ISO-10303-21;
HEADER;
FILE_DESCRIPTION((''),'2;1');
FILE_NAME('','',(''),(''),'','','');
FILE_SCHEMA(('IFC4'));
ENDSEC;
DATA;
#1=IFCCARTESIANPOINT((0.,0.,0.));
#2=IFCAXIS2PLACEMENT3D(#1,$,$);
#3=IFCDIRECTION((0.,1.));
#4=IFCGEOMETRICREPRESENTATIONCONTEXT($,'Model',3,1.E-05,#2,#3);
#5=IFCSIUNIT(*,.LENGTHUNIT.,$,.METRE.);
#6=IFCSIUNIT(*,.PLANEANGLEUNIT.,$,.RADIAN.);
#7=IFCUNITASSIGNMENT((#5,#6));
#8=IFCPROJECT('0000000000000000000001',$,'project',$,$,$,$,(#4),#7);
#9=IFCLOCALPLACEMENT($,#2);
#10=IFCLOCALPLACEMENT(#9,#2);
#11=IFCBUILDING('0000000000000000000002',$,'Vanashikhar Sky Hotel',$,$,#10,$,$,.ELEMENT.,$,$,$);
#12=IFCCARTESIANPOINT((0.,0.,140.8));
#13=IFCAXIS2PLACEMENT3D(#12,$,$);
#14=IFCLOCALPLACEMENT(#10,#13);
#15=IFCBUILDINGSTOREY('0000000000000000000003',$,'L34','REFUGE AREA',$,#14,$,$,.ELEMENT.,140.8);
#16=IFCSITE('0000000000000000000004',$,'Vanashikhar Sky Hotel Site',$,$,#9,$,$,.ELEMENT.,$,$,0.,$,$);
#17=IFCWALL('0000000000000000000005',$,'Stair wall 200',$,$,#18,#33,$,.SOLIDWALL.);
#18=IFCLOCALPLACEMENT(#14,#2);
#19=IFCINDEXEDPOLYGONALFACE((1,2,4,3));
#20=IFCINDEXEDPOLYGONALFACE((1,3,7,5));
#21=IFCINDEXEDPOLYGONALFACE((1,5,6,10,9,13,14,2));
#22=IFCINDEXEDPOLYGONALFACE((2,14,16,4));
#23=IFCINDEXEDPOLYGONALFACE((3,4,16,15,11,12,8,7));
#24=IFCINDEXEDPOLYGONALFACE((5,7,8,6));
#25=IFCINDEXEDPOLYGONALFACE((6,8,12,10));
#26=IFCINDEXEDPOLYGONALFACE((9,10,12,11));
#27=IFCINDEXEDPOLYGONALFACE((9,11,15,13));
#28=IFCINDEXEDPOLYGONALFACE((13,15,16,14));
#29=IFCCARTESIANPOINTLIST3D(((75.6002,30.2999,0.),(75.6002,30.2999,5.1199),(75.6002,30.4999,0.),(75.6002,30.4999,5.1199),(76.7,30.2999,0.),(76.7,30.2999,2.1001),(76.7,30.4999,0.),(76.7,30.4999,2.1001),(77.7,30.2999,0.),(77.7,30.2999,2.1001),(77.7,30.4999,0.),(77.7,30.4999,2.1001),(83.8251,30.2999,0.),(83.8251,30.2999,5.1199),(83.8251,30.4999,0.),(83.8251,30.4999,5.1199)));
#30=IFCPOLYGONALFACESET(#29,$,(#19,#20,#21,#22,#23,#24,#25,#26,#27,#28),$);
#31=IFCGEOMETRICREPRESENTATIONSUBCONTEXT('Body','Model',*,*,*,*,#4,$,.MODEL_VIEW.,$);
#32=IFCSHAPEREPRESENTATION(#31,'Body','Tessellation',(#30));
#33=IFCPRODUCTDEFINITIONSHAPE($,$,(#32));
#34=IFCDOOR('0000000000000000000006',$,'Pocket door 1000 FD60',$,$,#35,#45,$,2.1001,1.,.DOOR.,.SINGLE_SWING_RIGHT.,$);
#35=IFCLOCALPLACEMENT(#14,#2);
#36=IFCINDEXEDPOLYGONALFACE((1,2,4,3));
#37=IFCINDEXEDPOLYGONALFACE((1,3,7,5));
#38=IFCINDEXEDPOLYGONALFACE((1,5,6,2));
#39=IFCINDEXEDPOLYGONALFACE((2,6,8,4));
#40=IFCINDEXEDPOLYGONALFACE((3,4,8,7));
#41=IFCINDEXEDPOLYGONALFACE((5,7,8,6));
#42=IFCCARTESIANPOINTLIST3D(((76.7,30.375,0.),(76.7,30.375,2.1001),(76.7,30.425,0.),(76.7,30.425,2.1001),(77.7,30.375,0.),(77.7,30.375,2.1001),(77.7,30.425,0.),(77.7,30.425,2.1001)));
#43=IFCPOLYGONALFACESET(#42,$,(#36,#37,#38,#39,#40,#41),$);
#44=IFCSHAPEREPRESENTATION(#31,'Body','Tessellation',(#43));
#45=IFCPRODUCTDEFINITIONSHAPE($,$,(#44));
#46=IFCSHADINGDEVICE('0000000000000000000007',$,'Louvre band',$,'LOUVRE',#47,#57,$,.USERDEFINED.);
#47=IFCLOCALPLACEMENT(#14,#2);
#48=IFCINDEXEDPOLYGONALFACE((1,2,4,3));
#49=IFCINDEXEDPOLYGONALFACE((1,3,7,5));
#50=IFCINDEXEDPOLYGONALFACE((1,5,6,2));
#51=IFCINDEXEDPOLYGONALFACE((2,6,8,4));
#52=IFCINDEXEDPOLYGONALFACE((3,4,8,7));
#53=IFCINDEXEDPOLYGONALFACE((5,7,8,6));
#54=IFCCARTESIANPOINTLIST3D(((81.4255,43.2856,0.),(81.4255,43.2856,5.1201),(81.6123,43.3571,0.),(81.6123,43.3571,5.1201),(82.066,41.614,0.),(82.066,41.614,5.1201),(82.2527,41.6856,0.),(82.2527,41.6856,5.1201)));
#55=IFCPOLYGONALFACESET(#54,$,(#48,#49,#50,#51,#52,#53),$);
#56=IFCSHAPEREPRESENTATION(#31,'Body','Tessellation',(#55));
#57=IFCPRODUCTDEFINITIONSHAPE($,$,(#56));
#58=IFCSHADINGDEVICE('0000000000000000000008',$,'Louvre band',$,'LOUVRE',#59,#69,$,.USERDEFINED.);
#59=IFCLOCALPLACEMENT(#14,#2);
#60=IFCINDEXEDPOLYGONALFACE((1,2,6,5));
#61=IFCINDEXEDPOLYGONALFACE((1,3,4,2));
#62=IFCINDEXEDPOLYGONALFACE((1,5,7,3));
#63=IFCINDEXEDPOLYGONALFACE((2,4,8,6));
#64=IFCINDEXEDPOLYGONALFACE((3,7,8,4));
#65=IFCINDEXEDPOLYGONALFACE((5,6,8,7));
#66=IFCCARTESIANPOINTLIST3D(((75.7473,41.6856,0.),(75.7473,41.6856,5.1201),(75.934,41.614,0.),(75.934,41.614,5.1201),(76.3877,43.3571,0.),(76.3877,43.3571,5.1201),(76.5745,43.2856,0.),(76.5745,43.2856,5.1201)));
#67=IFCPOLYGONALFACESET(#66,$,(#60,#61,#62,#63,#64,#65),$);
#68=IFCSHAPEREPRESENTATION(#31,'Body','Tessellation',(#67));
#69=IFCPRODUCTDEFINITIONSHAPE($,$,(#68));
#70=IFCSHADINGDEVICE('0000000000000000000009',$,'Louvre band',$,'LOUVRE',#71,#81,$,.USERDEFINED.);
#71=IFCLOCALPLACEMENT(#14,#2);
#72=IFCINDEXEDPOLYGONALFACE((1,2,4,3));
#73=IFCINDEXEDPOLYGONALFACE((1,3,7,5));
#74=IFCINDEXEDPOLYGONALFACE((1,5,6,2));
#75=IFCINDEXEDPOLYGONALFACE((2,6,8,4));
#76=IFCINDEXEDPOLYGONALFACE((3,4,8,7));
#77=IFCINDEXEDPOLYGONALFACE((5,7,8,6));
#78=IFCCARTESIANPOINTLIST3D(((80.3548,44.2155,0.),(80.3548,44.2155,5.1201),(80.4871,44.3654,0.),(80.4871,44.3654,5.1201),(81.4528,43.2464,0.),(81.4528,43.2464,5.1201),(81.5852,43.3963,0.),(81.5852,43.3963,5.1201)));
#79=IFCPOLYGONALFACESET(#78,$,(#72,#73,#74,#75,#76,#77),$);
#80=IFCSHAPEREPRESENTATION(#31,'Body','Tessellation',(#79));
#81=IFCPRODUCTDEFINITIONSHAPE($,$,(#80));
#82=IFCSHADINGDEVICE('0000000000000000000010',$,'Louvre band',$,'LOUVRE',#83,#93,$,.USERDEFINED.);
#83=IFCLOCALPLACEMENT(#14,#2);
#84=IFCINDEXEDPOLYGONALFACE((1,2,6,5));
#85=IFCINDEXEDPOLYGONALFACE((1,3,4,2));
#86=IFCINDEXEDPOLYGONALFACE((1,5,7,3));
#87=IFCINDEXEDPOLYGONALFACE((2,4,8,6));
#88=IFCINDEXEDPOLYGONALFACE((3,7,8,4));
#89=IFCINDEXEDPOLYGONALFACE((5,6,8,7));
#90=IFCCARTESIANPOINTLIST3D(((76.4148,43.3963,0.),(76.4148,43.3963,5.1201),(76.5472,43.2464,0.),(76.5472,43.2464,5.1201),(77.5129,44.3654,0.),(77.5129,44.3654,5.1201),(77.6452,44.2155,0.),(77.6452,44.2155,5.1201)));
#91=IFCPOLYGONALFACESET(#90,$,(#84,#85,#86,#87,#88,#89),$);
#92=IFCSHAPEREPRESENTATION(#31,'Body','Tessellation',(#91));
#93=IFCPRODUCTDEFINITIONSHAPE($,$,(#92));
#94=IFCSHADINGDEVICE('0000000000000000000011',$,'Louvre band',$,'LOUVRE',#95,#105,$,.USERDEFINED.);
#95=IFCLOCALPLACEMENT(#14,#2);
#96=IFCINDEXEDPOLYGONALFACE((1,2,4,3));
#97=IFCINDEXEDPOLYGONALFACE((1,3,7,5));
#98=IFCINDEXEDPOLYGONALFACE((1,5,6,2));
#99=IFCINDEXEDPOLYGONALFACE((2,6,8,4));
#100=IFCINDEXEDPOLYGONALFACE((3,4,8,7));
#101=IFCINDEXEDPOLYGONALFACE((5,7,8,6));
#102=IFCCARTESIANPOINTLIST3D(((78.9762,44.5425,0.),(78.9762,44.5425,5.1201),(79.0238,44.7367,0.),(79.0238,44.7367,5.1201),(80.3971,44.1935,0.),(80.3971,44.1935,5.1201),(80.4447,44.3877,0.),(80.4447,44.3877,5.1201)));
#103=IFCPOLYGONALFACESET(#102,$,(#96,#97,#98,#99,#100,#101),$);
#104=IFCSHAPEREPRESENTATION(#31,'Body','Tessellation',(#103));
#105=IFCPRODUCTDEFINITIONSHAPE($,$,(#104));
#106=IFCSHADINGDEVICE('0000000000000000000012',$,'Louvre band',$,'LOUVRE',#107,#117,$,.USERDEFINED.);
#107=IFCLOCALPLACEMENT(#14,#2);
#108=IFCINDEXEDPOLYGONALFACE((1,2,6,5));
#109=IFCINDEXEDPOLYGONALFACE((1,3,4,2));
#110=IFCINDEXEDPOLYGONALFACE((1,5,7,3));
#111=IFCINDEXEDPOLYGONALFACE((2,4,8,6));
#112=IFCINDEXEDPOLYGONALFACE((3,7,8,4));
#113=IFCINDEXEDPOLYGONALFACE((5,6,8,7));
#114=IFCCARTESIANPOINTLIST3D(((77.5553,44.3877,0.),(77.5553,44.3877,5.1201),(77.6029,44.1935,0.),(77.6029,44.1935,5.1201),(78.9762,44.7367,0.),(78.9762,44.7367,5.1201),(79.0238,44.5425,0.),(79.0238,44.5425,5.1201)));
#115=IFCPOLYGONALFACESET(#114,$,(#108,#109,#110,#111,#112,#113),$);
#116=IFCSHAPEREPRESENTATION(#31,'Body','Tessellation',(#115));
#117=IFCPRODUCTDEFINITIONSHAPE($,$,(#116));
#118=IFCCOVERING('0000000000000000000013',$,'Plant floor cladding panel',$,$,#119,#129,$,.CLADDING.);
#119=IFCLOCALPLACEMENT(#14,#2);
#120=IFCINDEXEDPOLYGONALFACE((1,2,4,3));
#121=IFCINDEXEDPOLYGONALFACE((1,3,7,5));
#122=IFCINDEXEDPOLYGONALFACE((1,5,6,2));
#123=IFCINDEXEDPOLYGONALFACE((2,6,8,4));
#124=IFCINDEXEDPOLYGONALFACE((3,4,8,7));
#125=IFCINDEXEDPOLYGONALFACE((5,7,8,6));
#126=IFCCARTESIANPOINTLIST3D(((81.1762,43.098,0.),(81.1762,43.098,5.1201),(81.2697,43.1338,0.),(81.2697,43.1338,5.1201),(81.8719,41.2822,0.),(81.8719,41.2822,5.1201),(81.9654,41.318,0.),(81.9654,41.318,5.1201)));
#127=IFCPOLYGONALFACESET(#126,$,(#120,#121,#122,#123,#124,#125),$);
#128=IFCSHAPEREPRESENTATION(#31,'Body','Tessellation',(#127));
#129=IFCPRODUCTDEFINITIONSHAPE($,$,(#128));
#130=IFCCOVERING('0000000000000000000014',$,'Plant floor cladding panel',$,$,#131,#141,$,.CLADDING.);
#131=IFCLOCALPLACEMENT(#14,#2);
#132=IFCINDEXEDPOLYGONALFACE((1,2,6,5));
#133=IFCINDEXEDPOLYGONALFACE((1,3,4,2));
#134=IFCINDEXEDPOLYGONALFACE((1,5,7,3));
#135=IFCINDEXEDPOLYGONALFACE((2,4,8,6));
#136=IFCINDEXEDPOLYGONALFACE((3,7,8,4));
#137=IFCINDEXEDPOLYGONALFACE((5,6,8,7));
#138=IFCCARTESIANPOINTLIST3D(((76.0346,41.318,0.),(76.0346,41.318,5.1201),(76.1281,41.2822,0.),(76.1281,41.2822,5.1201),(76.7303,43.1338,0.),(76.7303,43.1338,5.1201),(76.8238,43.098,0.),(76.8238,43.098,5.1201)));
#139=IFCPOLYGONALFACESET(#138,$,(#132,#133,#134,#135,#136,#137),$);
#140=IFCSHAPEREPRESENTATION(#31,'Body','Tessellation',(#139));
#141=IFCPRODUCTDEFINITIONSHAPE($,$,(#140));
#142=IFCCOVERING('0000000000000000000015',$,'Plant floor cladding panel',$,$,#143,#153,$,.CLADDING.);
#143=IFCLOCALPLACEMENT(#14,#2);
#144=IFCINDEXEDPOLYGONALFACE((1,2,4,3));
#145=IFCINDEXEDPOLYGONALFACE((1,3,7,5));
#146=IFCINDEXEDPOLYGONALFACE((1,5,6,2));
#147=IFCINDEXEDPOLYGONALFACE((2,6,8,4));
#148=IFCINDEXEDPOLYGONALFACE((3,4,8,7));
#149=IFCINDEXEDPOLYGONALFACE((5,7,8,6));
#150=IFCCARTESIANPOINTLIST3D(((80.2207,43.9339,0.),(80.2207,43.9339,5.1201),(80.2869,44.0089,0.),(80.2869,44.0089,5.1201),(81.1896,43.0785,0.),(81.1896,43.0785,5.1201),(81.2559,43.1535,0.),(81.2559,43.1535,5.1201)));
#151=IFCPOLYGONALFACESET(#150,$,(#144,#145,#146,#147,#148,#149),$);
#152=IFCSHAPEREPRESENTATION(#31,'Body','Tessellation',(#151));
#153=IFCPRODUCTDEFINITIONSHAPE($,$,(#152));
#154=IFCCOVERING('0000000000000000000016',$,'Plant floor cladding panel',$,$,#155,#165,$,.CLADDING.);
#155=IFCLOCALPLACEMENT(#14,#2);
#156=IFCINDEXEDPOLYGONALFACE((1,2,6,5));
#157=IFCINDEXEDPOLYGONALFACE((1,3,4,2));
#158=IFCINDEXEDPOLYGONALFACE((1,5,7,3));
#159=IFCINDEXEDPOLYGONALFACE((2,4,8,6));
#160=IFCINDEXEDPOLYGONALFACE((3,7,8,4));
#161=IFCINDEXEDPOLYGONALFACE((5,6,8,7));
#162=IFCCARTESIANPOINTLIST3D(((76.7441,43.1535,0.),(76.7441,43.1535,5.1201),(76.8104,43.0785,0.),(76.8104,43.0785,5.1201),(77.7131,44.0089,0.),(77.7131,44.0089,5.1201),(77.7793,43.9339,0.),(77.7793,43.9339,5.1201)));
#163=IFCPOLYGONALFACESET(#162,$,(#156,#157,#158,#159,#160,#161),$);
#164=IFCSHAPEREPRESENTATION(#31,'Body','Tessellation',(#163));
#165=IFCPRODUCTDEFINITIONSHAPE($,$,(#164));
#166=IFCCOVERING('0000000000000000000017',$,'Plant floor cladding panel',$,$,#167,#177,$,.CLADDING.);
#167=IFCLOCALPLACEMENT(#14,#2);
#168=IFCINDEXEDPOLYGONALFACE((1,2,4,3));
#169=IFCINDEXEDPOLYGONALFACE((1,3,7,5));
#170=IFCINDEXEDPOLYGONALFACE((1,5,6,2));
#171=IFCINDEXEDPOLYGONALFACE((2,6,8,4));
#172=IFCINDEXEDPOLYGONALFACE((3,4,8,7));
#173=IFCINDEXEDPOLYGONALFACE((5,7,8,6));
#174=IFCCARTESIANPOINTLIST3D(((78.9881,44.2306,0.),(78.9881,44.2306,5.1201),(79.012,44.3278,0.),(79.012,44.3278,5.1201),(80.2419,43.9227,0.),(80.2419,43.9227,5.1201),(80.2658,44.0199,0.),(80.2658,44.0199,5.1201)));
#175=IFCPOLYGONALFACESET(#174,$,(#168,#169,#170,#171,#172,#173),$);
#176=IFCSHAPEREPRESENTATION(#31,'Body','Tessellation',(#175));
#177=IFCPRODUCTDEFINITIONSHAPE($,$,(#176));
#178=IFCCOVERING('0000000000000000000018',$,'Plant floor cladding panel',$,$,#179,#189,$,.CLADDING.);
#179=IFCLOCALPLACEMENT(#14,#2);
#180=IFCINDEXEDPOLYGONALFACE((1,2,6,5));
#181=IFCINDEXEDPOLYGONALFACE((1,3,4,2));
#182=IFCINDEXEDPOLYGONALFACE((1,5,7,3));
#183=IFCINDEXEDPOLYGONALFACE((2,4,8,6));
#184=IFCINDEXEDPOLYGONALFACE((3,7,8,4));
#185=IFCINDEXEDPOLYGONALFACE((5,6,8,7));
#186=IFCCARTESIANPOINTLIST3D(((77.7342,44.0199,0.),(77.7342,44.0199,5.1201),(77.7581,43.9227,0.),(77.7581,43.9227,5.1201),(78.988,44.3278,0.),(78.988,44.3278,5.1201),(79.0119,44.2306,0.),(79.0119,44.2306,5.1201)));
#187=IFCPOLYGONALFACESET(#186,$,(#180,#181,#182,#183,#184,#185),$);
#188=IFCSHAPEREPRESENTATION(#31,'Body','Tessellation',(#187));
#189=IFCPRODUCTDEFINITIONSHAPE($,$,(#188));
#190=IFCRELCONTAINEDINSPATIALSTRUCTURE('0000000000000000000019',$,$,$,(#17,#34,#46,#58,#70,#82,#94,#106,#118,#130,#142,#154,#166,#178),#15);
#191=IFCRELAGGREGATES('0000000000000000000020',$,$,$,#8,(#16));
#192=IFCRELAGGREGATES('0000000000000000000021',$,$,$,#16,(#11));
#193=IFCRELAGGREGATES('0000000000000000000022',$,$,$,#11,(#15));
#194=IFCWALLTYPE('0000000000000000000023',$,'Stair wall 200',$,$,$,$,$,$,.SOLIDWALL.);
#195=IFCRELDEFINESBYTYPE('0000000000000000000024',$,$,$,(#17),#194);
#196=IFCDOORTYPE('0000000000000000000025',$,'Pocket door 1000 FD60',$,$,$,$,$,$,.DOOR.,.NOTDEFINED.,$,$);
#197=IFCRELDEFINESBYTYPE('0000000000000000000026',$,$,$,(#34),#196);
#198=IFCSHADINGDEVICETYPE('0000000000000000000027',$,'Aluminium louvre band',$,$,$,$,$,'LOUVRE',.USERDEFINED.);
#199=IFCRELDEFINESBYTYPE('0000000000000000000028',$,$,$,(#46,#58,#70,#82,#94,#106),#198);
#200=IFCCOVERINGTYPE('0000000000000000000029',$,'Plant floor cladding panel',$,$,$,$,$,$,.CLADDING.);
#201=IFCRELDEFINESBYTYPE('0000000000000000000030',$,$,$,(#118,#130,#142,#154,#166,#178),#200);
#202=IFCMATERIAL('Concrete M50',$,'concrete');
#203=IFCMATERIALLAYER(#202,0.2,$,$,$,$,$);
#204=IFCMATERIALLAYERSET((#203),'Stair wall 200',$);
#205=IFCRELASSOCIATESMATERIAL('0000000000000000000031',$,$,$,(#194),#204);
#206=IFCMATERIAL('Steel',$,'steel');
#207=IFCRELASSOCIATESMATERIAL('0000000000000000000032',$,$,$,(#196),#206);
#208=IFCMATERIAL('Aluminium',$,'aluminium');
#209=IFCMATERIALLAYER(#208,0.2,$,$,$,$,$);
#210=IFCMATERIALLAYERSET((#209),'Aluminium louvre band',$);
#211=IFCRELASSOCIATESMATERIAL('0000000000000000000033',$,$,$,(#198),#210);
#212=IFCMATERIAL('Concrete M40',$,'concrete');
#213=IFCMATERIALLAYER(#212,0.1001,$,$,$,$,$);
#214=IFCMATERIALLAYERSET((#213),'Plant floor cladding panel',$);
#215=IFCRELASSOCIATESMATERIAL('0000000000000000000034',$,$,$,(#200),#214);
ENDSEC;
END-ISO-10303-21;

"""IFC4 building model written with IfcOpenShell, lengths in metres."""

from ifc_helpers import new_model, si_unit, direction, frame, frame_2d, origin, origin_2d, place, context, subcontext, project, spatial, rectangle, extrude, source, transform, mapped, material, layer, layer_set, type_object, element, fill, save


model = new_model("IFC4")

# Units and contexts
model_context = context("Model", 3, precision=1e-05, world=origin(), true_north=direction((0.0, 1.0)))
body_context = subcontext(model_context, "Body", "Model", "MODEL_VIEW")
ifc_project = project(units=[si_unit("LENGTHUNIT", "METRE"), si_unit("PLANEANGLEUNIT", "RADIAN")], contexts=[model_context])

# Site, building, storey
site_placement = place(None, origin())
site = spatial("IfcSite", under=ifc_project, at=site_placement, Name="Vanashikhar Sky Hotel Site", CompositionType="ELEMENT", RefElevation=0.0)
building_placement = place(site_placement, origin())
building = spatial("IfcBuilding", under=site, at=building_placement, Name="Vanashikhar Sky Hotel", CompositionType="ELEMENT")
storey_placement = place(building_placement, frame((0.0, 0.0, 140.8)))
storey = spatial("IfcBuildingStorey", under=building, at=storey_placement, Name="L34", Description="REFUGE AREA", CompositionType="ELEMENT", Elevation=140.8)

# Shared definitions
ifc_material_1 = material(Name="Concrete M50", Category="concrete")

# Wall, opening, door
ifc_layer_1 = layer(ifc_material_1, 0.2)
ifc_layer_set_1 = layer_set([ifc_layer_1], Name="Stair wall 200")
wall_type_1 = type_object("IfcWallType", Name="Stair wall 200", PredefinedType="SOLIDWALL", material=ifc_layer_set_1)
shared_shape_1 = source(origin(), body_context, "Body", "SweptSolid", [
    extrude(rectangle(XDim=8.2249, YDim=0.2, at=frame_2d((4.1123, 0.0))), origin(), (0.0, 0.0, 1.0), 5.1199),
])
wall_1_placement = place(storey_placement, frame((83.825, 30.3999, 0.0), z_axis=(0.0, 0.0, 1.0), x_axis=(-1.0, 0.0, 0.0)))
wall_1 = element("IfcWall", 1, at=wall_1_placement, inside=storey, type_object=wall_type_1, Name="Stair wall 200", PredefinedType="SOLIDWALL", context=body_context, shape_type="MappedRepresentation", body=[
    mapped(shared_shape_1, transform((0.0, 0.0, 0.0), scale=1.0)),
])
shared_shape_2 = source(origin(), body_context, "Body", "SweptSolid", [
    extrude(rectangle(XDim=1.0, YDim=2.1001, at=frame_2d((0.5, 1.05))), frame((0.0, 0.1099, 0.0), z_axis=(0.0, -1.0, 0.0), x_axis=(1.0, 0.0, 0.0)), (0.0, 0.0, 1.0), 0.22),
])
opening_placement = place(wall_1_placement, frame((6.125, 0.0, 0.0)))
opening = element("IfcOpeningElement", 2, at=opening_placement, cuts=wall_1, PredefinedType="OPENING", context=body_context, shape_type="MappedRepresentation", body=[
    mapped(shared_shape_2, transform((0.0, 0.0, 0.0), scale=1.0)),
])
ifc_material_2 = material(Name="Steel", Category="steel")
door_type = type_object("IfcDoorType", Name="Pocket door 1000 FD60", OperationType="NOTDEFINED", PredefinedType="DOOR", material=ifc_material_2)
shared_shape_3 = source(origin(), body_context, "Body", "SweptSolid", [
    extrude(rectangle(XDim=1.0, YDim=2.1001, at=frame_2d((0.5, 1.05))), frame((0.0, 0.0249, 0.0), z_axis=(0.0, -1.0, 0.0), x_axis=(1.0, 0.0, 0.0)), (0.0, 0.0, 1.0), 0.05),
])
door_placement = place(opening_placement, origin())
door = element("IfcDoor", 3, at=door_placement, inside=storey, type_object=door_type, Name="Pocket door 1000 FD60", OperationType="SINGLE_SWING_RIGHT", OverallHeight=2.1001, OverallWidth=1.0, PredefinedType="DOOR", context=body_context, shape_type="MappedRepresentation", body=[
    mapped(shared_shape_3, transform((0.0, 0.0, 0.0), scale=1.0)),
])
fill(opening, door)

# Shading devices
ifc_material_3 = material(Name="Aluminium", Category="aluminium")
ifc_layer_2 = layer(ifc_material_3, 0.2)
ifc_layer_set_2 = layer_set([ifc_layer_2], Name="Aluminium louvre band")
shading_device_type = type_object("IfcShadingDeviceType", Name="Aluminium louvre band", ElementType="LOUVRE", PredefinedType="USERDEFINED", material=ifc_layer_set_2)
shared_shape_4 = source(origin(), body_context, "Body", "SweptSolid", [
    extrude(rectangle(XDim=1.79, YDim=0.2, at=origin_2d()), origin(), (0.0, 0.0, 1.0), 5.1201),
])
for number, where, z_axis, x_axis, name in (
    (4, (81.8391, 42.4856, 0.0), (0.0, 0.0, 1.0), (-0.357765, 0.933812, 0.0), "Louvre band"),
    (5, (76.1609, 42.4856, 0.0), (0.0, 0.0, 1.0), (-0.357765, -0.933812, 0.0), "Louvre band"),
):
    element("IfcShadingDevice", number, at=place(storey_placement, frame(where, z_axis=z_axis, x_axis=x_axis)), inside=storey, type_object=shading_device_type, Name=name, ObjectType="LOUVRE", PredefinedType="USERDEFINED", context=body_context, shape_type="MappedRepresentation", body=[
        mapped(shared_shape_4, transform((0.0, 0.0, 0.0), scale=1.0)),
    ])
shared_shape_5 = source(origin(), body_context, "Body", "SweptSolid", [
    extrude(rectangle(XDim=1.4646, YDim=0.2, at=origin_2d()), origin(), (0.0, 0.0, 1.0), 5.1201),
])
for number, where, z_axis, x_axis, name in (
    (6, (80.97, 43.8059, 0.0), (0.0, 0.0, 1.0), (-0.749742, 0.661731, 0.0), "Louvre band"),
    (7, (77.03, 43.8059, 0.0), (0.0, 0.0, 1.0), (-0.749742, -0.661731, 0.0), "Louvre band"),
):
    element("IfcShadingDevice", number, at=place(storey_placement, frame(where, z_axis=z_axis, x_axis=x_axis)), inside=storey, type_object=shading_device_type, Name=name, ObjectType="LOUVRE", PredefinedType="USERDEFINED", context=body_context, shape_type="MappedRepresentation", body=[
        mapped(shared_shape_5, transform((0.0, 0.0, 0.0), scale=1.0)),
    ])
shared_shape_6 = source(origin(), body_context, "Body", "SweptSolid", [
    extrude(rectangle(XDim=1.4631, YDim=0.2, at=origin_2d()), origin(), (0.0, 0.0, 1.0), 5.1201),
])
for number, where, z_axis, x_axis, name in (
    (8, (79.7104, 44.4651, 0.0), (0.0, 0.0, 1.0), (-0.971134, 0.238533, 0.0), "Louvre band"),
    (9, (78.2896, 44.4651, 0.0), (0.0, 0.0, 1.0), (-0.971134, -0.238533, 0.0), "Louvre band"),
):
    element("IfcShadingDevice", number, at=place(storey_placement, frame(where, z_axis=z_axis, x_axis=x_axis)), inside=storey, type_object=shading_device_type, Name=name, ObjectType="LOUVRE", PredefinedType="USERDEFINED", context=body_context, shape_type="MappedRepresentation", body=[
        mapped(shared_shape_6, transform((0.0, 0.0, 0.0), scale=1.0)),
    ])

# Coverings
ifc_material_4 = material(Name="Concrete M40", Category="concrete")
ifc_layer_3 = layer(ifc_material_4, 0.1001)
ifc_layer_set_3 = layer_set([ifc_layer_3], Name="Plant floor cladding panel")
covering_type_1 = type_object("IfcCoveringType", Name="Plant floor cladding panel", PredefinedType="CLADDING", material=ifc_layer_set_3)
shared_shape_7 = source(origin(), body_context, "Body", "SweptSolid", [
    extrude(rectangle(XDim=1.9446, YDim=0.1001, at=origin_2d()), origin(), (0.0, 0.0, 1.0), 5.1201),
])
for number, where, z_axis, x_axis, name in (
    (10, (81.5708, 42.208, 0.0), (0.0, 0.0, 1.0), (-0.357781, 0.933805, 0.0), "Plant floor cladding panel"),
    (11, (76.4292, 42.208, 0.0), (0.0, 0.0, 1.0), (-0.357781, -0.933805, 0.0), "Plant floor cladding panel"),
):
    element("IfcCovering", number, at=place(storey_placement, frame(where, z_axis=z_axis, x_axis=x_axis)), inside=storey, type_object=covering_type_1, Name=name, PredefinedType="CLADDING", context=body_context, shape_type="MappedRepresentation", body=[
        mapped(shared_shape_7, transform((0.0, 0.0, 0.0), scale=1.0)),
    ])
shared_shape_8 = source(origin(), body_context, "Body", "SweptSolid", [
    extrude(rectangle(XDim=1.2925, YDim=0.1001, at=origin_2d()), origin(), (0.0, 0.0, 1.0), 5.1201),
])
for number, where, z_axis, x_axis, name in (
    (12, (80.7383, 43.5437, 0.0), (0.0, 0.0, 1.0), (-0.749684, 0.661796, 0.0), "Plant floor cladding panel"),
    (13, (77.2617, 43.5437, 0.0), (0.0, 0.0, 1.0), (-0.749684, -0.661796, 0.0), "Plant floor cladding panel"),
):
    element("IfcCovering", number, at=place(storey_placement, frame(where, z_axis=z_axis, x_axis=x_axis)), inside=storey, type_object=covering_type_1, Name=name, PredefinedType="CLADDING", context=body_context, shape_type="MappedRepresentation", body=[
        mapped(shared_shape_8, transform((0.0, 0.0, 0.0), scale=1.0)),
    ])
shared_shape_9 = source(origin(), body_context, "Body", "SweptSolid", [
    extrude(rectangle(XDim=1.291, YDim=0.1001, at=origin_2d()), origin(), (0.0, 0.0, 1.0), 5.1201),
])
for number, where, z_axis, x_axis, name in (
    (14, (79.627, 44.1252, 0.0), (0.0, 0.0, 1.0), (-0.971151, 0.238466, 0.0), "Plant floor cladding panel"),
    (15, (78.373, 44.1252, 0.0), (0.0, 0.0, 1.0), (-0.971151, -0.238466, 0.0), "Plant floor cladding panel"),
):
    element("IfcCovering", number, at=place(storey_placement, frame(where, z_axis=z_axis, x_axis=x_axis)), inside=storey, type_object=covering_type_1, Name=name, PredefinedType="CLADDING", context=body_context, shape_type="MappedRepresentation", body=[
        mapped(shared_shape_9, transform((0.0, 0.0, 0.0), scale=1.0)),
    ])

save(model, "model.ifc")
